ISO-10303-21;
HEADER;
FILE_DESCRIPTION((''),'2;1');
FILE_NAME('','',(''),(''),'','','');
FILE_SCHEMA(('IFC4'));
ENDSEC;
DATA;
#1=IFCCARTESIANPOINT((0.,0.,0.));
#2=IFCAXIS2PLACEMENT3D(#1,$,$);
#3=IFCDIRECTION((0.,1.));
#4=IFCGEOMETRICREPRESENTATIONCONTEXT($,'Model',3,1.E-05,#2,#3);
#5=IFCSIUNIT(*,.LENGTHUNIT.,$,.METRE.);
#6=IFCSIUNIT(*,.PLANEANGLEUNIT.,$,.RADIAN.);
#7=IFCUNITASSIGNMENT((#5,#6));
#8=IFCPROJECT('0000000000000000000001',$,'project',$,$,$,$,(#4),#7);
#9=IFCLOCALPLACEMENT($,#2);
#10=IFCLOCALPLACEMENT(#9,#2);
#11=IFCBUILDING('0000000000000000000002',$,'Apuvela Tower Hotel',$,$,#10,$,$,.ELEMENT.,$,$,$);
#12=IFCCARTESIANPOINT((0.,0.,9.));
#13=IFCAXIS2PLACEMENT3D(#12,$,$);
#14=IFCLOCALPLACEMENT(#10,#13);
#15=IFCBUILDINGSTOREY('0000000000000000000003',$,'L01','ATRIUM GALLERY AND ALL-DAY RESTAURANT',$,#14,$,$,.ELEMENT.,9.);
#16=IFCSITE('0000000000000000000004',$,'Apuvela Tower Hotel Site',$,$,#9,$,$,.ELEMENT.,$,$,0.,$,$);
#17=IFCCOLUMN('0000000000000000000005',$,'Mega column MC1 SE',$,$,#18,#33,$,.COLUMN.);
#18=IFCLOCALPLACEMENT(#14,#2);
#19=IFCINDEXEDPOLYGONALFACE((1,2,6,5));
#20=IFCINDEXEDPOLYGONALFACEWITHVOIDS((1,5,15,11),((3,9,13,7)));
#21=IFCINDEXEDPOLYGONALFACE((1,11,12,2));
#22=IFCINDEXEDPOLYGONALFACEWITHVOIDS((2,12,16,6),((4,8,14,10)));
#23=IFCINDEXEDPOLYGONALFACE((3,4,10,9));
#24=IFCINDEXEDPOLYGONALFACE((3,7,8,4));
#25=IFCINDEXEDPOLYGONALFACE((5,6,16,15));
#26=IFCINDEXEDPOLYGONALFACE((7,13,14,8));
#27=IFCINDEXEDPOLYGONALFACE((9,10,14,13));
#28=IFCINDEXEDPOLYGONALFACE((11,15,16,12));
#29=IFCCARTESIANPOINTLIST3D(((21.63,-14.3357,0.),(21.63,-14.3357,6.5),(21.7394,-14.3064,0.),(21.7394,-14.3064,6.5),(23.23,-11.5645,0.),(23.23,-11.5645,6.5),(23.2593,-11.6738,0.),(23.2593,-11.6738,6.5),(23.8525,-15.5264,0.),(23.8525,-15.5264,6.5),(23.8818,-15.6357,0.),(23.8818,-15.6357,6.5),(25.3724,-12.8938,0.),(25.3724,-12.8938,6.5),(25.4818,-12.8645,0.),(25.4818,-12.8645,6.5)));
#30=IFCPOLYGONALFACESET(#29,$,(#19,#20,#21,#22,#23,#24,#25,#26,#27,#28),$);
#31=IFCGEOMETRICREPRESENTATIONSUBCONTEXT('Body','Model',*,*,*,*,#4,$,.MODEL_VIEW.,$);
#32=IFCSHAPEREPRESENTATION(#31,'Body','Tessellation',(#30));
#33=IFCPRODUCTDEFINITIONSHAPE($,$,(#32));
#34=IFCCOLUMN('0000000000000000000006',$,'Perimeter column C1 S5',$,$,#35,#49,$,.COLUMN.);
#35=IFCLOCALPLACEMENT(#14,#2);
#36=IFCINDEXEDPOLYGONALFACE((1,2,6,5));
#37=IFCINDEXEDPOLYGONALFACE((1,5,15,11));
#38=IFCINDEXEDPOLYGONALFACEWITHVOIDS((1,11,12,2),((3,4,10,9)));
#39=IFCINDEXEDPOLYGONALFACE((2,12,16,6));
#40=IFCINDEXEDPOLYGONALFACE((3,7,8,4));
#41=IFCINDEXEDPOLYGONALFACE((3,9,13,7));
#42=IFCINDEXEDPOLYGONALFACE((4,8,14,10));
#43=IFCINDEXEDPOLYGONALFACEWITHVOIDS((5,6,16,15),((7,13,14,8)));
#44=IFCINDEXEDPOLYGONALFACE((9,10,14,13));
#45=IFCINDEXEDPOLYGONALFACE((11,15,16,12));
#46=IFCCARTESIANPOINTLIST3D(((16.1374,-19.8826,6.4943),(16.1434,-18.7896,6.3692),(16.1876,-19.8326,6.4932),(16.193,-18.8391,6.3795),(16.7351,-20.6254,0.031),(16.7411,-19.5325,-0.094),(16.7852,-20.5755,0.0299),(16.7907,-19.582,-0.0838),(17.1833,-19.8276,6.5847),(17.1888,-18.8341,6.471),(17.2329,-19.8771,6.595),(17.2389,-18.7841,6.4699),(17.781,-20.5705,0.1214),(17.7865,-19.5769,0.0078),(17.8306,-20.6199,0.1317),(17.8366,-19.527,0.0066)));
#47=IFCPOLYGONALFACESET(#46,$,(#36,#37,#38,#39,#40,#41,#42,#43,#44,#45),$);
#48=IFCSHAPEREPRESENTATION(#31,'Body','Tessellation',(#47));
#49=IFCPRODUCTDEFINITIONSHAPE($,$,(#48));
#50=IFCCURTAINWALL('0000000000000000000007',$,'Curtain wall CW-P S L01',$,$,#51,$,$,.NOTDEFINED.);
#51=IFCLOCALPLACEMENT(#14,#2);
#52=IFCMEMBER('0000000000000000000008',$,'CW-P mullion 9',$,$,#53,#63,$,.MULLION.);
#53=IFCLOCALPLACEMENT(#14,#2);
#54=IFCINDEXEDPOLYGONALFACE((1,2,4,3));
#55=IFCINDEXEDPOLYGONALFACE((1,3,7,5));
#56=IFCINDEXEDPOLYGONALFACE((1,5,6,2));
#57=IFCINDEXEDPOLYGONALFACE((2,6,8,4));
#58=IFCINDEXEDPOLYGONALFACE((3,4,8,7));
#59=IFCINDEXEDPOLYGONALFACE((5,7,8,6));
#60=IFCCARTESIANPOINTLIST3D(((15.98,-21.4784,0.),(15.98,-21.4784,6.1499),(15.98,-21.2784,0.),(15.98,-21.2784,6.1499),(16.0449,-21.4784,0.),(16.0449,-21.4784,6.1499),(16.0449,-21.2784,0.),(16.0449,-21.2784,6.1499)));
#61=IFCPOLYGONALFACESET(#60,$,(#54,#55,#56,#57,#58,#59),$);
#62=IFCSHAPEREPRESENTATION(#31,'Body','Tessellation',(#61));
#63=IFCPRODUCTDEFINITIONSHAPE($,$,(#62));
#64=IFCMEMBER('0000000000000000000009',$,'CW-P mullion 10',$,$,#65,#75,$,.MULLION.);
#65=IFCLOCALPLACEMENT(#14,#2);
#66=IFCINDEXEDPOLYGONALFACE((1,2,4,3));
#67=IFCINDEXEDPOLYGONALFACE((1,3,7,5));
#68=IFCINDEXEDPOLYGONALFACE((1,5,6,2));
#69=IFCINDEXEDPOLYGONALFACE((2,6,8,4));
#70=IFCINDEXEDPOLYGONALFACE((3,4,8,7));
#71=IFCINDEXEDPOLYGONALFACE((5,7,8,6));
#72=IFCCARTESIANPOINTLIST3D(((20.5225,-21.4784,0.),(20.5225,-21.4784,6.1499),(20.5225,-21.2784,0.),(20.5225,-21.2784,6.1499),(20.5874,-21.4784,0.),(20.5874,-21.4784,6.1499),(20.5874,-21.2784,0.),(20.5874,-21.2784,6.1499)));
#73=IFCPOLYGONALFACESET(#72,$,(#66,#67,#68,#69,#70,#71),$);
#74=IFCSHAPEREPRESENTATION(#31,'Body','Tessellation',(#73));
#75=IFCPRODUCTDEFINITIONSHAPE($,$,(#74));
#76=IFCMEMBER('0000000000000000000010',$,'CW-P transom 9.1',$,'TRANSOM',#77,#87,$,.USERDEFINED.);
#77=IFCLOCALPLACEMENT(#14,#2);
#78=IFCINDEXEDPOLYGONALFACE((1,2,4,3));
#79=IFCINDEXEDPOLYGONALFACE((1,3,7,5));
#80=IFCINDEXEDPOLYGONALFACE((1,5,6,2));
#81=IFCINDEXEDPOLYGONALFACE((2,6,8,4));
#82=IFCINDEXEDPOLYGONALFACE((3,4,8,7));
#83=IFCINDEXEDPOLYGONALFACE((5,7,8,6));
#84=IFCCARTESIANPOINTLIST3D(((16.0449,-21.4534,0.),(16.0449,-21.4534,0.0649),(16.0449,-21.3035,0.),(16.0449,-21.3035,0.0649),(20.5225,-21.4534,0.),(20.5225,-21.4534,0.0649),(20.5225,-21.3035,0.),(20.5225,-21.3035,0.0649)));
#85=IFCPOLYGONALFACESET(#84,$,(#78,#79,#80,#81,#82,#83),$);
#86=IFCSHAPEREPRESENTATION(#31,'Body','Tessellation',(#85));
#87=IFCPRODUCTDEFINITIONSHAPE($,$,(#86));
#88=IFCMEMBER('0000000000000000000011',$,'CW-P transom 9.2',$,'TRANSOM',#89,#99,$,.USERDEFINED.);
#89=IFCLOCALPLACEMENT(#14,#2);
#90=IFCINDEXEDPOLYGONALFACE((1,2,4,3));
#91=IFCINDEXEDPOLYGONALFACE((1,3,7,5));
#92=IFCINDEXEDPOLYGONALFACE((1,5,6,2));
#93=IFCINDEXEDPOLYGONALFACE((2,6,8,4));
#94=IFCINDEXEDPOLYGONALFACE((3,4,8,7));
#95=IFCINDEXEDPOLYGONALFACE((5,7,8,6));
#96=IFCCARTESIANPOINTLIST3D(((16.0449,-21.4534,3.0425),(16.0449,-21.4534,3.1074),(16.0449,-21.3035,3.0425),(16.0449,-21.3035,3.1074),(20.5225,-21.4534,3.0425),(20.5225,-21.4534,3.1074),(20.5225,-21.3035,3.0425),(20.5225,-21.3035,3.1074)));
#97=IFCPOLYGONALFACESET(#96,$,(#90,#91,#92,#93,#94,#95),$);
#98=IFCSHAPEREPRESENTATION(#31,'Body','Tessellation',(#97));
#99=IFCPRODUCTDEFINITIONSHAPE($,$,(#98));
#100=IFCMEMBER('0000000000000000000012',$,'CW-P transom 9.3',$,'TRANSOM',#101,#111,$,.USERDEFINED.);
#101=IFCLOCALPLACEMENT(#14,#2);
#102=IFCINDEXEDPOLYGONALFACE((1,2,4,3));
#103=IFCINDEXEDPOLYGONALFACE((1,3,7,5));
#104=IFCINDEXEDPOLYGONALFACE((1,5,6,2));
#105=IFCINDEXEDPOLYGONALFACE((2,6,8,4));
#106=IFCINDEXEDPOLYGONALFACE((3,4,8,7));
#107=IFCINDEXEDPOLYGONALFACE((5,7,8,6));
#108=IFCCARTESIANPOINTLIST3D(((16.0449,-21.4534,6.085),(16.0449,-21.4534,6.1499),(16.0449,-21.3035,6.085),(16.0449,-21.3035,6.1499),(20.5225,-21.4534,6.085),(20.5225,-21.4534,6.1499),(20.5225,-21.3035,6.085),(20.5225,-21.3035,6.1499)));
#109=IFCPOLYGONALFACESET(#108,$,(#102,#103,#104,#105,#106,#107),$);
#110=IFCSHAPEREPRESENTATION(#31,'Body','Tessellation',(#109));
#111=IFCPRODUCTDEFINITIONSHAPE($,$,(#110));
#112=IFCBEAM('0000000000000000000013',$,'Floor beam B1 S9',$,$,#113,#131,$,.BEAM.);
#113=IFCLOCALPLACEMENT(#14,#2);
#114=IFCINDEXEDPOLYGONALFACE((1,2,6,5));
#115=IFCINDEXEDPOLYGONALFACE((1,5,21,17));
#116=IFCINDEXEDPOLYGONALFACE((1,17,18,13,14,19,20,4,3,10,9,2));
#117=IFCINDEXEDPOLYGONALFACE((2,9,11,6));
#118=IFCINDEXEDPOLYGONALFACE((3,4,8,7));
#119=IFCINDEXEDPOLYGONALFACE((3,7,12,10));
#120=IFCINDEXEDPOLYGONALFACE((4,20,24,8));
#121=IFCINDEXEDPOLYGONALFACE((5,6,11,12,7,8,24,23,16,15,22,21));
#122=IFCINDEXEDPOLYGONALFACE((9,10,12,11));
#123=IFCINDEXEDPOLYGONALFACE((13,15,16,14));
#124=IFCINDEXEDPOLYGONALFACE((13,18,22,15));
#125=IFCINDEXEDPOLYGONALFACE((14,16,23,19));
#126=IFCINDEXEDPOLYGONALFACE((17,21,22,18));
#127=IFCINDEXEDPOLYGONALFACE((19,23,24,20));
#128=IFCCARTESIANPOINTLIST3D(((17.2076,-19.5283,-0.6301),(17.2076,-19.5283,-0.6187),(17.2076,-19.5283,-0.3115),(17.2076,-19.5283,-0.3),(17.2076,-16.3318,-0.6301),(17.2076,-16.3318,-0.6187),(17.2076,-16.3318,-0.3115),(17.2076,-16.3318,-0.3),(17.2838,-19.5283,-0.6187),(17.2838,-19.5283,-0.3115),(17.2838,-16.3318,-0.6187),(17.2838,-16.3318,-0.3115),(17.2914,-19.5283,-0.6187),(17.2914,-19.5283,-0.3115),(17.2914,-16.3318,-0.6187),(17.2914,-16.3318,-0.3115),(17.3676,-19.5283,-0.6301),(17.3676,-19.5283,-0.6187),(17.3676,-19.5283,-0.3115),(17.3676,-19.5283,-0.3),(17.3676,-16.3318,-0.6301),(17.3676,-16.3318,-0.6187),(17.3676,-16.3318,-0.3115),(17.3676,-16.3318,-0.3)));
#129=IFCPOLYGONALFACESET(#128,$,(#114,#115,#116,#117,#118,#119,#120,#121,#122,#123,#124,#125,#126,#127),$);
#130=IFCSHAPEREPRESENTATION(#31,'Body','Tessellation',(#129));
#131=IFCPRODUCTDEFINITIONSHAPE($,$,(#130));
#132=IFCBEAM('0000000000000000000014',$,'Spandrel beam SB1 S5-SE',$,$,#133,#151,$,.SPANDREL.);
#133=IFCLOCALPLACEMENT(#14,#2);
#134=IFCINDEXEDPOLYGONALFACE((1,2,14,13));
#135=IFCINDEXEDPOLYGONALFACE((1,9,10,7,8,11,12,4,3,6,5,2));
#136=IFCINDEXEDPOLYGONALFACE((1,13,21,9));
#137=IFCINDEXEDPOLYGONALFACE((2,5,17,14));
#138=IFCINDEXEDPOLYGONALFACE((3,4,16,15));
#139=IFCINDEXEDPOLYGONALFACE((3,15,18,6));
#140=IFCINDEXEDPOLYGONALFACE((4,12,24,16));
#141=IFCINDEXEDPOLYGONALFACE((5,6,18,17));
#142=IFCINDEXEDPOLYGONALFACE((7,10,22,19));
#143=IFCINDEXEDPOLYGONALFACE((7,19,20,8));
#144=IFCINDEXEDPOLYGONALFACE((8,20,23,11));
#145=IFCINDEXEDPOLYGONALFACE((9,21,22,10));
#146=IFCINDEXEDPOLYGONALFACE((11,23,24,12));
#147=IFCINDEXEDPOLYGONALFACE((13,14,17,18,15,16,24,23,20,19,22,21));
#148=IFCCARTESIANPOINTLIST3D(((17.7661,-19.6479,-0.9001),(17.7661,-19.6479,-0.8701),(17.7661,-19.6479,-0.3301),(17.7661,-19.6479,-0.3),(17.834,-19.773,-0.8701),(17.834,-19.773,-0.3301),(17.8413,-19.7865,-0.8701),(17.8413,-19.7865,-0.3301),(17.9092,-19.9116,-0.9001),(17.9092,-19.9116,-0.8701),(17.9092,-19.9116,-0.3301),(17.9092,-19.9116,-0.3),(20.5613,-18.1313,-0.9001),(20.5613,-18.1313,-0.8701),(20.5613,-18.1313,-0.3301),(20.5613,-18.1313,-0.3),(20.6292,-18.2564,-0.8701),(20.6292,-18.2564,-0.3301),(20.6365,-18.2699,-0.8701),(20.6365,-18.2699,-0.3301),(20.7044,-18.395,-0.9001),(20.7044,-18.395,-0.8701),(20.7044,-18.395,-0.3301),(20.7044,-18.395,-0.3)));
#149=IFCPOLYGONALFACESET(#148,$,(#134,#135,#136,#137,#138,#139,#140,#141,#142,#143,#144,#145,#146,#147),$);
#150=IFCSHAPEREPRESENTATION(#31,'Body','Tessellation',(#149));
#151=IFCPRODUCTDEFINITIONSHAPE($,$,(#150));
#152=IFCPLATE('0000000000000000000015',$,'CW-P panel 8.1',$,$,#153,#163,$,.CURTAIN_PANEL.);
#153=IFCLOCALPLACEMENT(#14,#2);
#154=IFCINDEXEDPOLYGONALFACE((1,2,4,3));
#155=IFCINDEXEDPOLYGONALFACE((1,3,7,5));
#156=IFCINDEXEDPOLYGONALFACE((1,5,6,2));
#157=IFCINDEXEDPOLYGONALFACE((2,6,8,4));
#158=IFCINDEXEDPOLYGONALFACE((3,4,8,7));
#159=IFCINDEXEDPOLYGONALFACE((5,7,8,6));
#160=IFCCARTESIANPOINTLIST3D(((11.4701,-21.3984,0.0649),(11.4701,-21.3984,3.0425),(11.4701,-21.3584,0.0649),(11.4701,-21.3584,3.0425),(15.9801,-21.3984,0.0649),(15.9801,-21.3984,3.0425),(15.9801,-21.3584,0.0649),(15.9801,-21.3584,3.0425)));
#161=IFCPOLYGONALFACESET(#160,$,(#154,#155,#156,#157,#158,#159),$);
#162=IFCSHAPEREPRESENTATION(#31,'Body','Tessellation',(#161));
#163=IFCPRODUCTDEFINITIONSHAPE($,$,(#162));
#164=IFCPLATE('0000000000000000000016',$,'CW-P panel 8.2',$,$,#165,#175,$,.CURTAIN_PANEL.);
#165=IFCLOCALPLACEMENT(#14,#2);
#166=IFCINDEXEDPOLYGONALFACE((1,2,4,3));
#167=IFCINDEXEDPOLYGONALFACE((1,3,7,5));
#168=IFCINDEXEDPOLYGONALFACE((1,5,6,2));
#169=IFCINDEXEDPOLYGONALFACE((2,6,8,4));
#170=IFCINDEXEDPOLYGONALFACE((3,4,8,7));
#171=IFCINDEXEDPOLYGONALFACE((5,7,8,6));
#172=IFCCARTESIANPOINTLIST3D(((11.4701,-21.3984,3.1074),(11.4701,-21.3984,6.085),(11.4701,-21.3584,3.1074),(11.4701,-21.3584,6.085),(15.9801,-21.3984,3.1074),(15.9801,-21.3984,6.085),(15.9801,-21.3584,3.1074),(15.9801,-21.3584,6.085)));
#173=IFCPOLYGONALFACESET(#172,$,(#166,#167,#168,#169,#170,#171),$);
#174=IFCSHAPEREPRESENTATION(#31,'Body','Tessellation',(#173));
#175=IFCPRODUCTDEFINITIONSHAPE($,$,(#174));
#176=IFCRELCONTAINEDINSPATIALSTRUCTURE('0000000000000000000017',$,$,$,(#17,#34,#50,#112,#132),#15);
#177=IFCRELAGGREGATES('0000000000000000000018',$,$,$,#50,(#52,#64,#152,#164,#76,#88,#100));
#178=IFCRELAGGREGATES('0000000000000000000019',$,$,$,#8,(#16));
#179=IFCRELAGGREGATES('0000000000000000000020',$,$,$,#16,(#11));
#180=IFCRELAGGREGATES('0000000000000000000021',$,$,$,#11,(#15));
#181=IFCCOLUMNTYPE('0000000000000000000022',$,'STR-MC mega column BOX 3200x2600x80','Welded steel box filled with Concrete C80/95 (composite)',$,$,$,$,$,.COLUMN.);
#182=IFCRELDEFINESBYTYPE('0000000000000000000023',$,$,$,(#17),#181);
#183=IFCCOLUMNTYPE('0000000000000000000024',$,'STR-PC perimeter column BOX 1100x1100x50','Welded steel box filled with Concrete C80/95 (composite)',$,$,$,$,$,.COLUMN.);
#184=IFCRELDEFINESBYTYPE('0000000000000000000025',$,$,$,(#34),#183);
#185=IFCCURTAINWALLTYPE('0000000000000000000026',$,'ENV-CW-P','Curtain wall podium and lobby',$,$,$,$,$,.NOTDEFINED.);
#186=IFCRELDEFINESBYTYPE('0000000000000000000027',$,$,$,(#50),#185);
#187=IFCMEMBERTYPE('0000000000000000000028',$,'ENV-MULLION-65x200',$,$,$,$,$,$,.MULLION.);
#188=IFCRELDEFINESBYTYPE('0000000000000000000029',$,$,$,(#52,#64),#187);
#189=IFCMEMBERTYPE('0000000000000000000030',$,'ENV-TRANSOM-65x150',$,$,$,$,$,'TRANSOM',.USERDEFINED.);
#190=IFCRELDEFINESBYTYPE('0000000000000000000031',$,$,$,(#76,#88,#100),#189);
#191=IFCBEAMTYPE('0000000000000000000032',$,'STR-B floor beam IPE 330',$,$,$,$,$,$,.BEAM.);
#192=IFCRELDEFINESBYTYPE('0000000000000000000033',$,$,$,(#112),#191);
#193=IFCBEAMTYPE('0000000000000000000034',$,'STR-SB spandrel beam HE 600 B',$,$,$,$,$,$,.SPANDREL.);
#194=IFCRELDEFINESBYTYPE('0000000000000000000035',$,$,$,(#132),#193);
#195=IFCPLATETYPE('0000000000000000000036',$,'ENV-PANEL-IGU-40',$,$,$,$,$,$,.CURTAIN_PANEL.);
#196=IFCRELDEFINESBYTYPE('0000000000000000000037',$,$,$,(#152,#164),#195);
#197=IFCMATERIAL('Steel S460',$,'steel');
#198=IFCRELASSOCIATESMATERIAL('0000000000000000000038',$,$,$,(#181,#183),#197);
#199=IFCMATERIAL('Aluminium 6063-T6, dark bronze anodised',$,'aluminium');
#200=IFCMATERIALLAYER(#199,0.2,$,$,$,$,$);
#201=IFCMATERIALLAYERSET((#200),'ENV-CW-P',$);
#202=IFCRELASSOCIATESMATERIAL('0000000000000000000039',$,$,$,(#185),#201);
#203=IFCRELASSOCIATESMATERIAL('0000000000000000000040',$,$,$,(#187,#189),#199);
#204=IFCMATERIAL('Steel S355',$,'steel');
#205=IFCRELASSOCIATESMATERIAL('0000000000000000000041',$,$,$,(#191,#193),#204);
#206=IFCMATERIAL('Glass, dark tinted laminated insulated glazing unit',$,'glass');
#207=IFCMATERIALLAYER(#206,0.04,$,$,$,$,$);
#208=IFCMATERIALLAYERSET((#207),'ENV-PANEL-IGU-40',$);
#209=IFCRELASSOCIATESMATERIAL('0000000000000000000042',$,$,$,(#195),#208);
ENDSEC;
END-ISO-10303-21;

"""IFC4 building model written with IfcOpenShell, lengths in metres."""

from ifc_helpers import new_model, si_unit, direction, frame, origin, origin_2d, place, context, subcontext, project, spatial, rectangle, hollow_rectangle, i_section, extrude, boolean, halfspace, material, layer, layer_set, material_profile, profile_set, type_object, element, aggregate, save


model = new_model("IFC4")

# Units and contexts
model_context = context("Model", 3, precision=1e-05, world=origin(), true_north=direction((0.0, 1.0)))
body_context = subcontext(model_context, "Body", "Model", "MODEL_VIEW")
ifc_project = project(units=[si_unit("LENGTHUNIT", "METRE"), si_unit("PLANEANGLEUNIT", "RADIAN")], contexts=[model_context])

# Site, building, storey
site_placement = place(None, origin())
site = spatial("IfcSite", under=ifc_project, at=site_placement, Name="Apuvela Tower Hotel Site", CompositionType="ELEMENT", RefElevation=0.0)
building_placement = place(site_placement, origin())
building = spatial("IfcBuilding", under=site, at=building_placement, Name="Apuvela Tower Hotel", CompositionType="ELEMENT")
storey_placement = place(building_placement, frame((0.0, 0.0, 9.0)))
storey = spatial("IfcBuildingStorey", under=building, at=storey_placement, Name="L01", Description="ATRIUM GALLERY AND ALL-DAY RESTAURANT", CompositionType="ELEMENT", Elevation=9.0)

# Columns
ifc_material_1 = material(Name="Steel S460", Category="steel")
ifc_material_profile_1 = material_profile(ifc_material_1, hollow_rectangle(XDim=3.2, YDim=2.6001, WallThickness=0.0801, at=origin_2d()), Name="BOX 3200x2600x80")
ifc_material_2 = material(Name="Concrete C80/95", Category="concrete")
ifc_material_profile_2 = material_profile(ifc_material_2, rectangle(XDim=3.04, YDim=2.4399, at=origin_2d()), Name="Concrete C80/95 infill")
ifc_profile_set_1 = profile_set([ifc_material_profile_1, ifc_material_profile_2], Name="Steel S460")
column_type_1 = type_object("IfcColumnType", Name="STR-MC mega column BOX 3200x2600x80", Description="Welded steel box filled with Concrete C80/95 (composite)", PredefinedType="COLUMN", material=ifc_profile_set_1)
column_1_placement = place(storey_placement, frame((23.5559, -13.6001, 0.0), z_axis=(0.0, 0.0, 1.0), x_axis=(0.5, 0.866025, 0.0)))
element("IfcColumn", 1, at=column_1_placement, inside=storey, type_object=column_type_1, Name="Mega column MC1 SE", PredefinedType="COLUMN", context=body_context, shape_type="SweptSolid", body=[
    extrude(hollow_rectangle(XDim=3.2, YDim=2.6001, WallThickness=0.0801, at=origin_2d()), origin(), (0.0, 0.0, 1.0), 6.5),
])
ifc_material_profile_3 = material_profile(ifc_material_1, hollow_rectangle(XDim=1.1001, YDim=1.1001, WallThickness=0.05, at=origin_2d()), Name="BOX 1100x1100x50")
ifc_material_profile_4 = material_profile(ifc_material_2, rectangle(XDim=1.0, YDim=1.0, at=origin_2d()), Name="Concrete C80/95 infill")
ifc_profile_set_2 = profile_set([ifc_material_profile_3, ifc_material_profile_4], Name="Steel S460")
column_type_2 = type_object("IfcColumnType", Name="STR-PC perimeter column BOX 1100x1100x50", Description="Welded steel box filled with Concrete C80/95 (composite)", PredefinedType="COLUMN", material=ifc_profile_set_2)
column_2_placement = place(storey_placement, frame((17.2876, -20.0784, 0.0), z_axis=(-0.091483, 0.113703, 0.989294), x_axis=(0.995792, 0.005009, 0.091508)))
element("IfcColumn", 2, at=column_2_placement, inside=storey, type_object=column_type_2, Name="Perimeter column C1 S5", PredefinedType="COLUMN", context=body_context, shape_type="SweptSolid", body=[
    boolean("DIFFERENCE", boolean("DIFFERENCE", extrude(hollow_rectangle(XDim=1.1001, YDim=1.1001, WallThickness=0.05, at=origin_2d()), origin(), (0.0, 0.0, 1.0), 6.5703), halfspace(frame((0.0, 0.0, 0.019), z_axis=(0.0, 0.0, 1.0), x_axis=(1.0, 0.0, 0.0)), True)), halfspace(frame((0.0, 0.0, 6.5522), z_axis=(0.0, 0.0, 1.0), x_axis=(1.0, 0.0, 0.0)), False)),
])

# Curtain wall, members
ifc_material_3 = material(Name="Aluminium 6063-T6, dark bronze anodised", Category="aluminium")
ifc_layer_1 = layer(ifc_material_3, 0.2)
ifc_layer_set_1 = layer_set([ifc_layer_1], Name="ENV-CW-P")
curtain_wall_type = type_object("IfcCurtainWallType", Name="ENV-CW-P", Description="Curtain wall podium and lobby", PredefinedType="NOTDEFINED", material=ifc_layer_set_1)
curtain_wall_placement = place(storey_placement, origin())
curtain_wall = element("IfcCurtainWall", 3, at=curtain_wall_placement, inside=storey, type_object=curtain_wall_type, Name="Curtain wall CW-P S L01", PredefinedType="NOTDEFINED")
ifc_material_profile_5 = material_profile(ifc_material_3, rectangle(XDim=0.2, YDim=0.0649, at=origin_2d()), Name="AL 65x200")
ifc_profile_set_3 = profile_set([ifc_material_profile_5], Name="Aluminium 6063-T6, dark bronze anodised")
member_type_1 = type_object("IfcMemberType", Name="ENV-MULLION-65x200", PredefinedType="MULLION", material=ifc_profile_set_3)
member_1_placement = place(storey_placement, frame((16.0125, -21.3784, 0.0), z_axis=(0.0, 0.0, 1.0), x_axis=(0.0, 1.0, 0.0)))
member_1 = element("IfcMember", 4, at=member_1_placement, type_object=member_type_1, Name="CW-P mullion 9", PredefinedType="MULLION", context=body_context, shape_type="SweptSolid", body=[
    extrude(rectangle(XDim=0.2, YDim=0.0649, at=origin_2d()), origin(), (0.0, 0.0, 1.0), 6.1499),
])
member_2_placement = place(storey_placement, frame((20.5549, -21.3784, 0.0), z_axis=(0.0, 0.0, 1.0), x_axis=(0.0, 1.0, 0.0)))
member_2 = element("IfcMember", 5, at=member_2_placement, type_object=member_type_1, Name="CW-P mullion 10", PredefinedType="MULLION", context=body_context, shape_type="SweptSolid", body=[
    extrude(rectangle(XDim=0.2, YDim=0.0649, at=origin_2d()), origin(), (0.0, 0.0, 1.0), 6.1499),
])
ifc_material_profile_6 = material_profile(ifc_material_3, rectangle(XDim=0.1499, YDim=0.0649, at=origin_2d()), Name="AL 65x150 transom")
ifc_profile_set_4 = profile_set([ifc_material_profile_6], Name="Aluminium 6063-T6, dark bronze anodised")
member_type_2 = type_object("IfcMemberType", Name="ENV-TRANSOM-65x150", ElementType="TRANSOM", PredefinedType="USERDEFINED", material=ifc_profile_set_4)
member_3_placement = place(storey_placement, frame((16.0449, -21.3784, 0.0325), z_axis=(1.0, 0.0, 0.0), x_axis=(0.0, 1.0, 0.0)))
member_3 = element("IfcMember", 6, at=member_3_placement, type_object=member_type_2, Name="CW-P transom 9.1", ObjectType="TRANSOM", PredefinedType="USERDEFINED", context=body_context, shape_type="SweptSolid", body=[
    extrude(rectangle(XDim=0.1499, YDim=0.0649, at=origin_2d()), origin(), (0.0, 0.0, 1.0), 4.4775),
])
member_4_placement = place(storey_placement, frame((16.0449, -21.3784, 3.075), z_axis=(1.0, 0.0, 0.0), x_axis=(0.0, 1.0, 0.0)))
member_4 = element("IfcMember", 7, at=member_4_placement, type_object=member_type_2, Name="CW-P transom 9.2", ObjectType="TRANSOM", PredefinedType="USERDEFINED", context=body_context, shape_type="SweptSolid", body=[
    extrude(rectangle(XDim=0.1499, YDim=0.0649, at=origin_2d()), origin(), (0.0, 0.0, 1.0), 4.4775),
])
member_5_placement = place(storey_placement, frame((16.0449, -21.3784, 6.1174), z_axis=(1.0, 0.0, 0.0), x_axis=(0.0, 1.0, 0.0)))
member_5 = element("IfcMember", 8, at=member_5_placement, type_object=member_type_2, Name="CW-P transom 9.3", ObjectType="TRANSOM", PredefinedType="USERDEFINED", context=body_context, shape_type="SweptSolid", body=[
    extrude(rectangle(XDim=0.1499, YDim=0.0649, at=origin_2d()), origin(), (0.0, 0.0, 1.0), 4.4775),
])

# Beams
ifc_material_4 = material(Name="Steel S355", Category="steel")
ifc_material_profile_7 = material_profile(ifc_material_4, i_section(OverallWidth=0.1599, OverallDepth=0.3301, WebThickness=0.0076, FlangeThickness=0.0115, at=origin_2d()), Name="IPE 330")
ifc_profile_set_5 = profile_set([ifc_material_profile_7], Name="Steel S355")
beam_type_1 = type_object("IfcBeamType", Name="STR-B floor beam IPE 330", PredefinedType="BEAM", material=ifc_profile_set_5)
beam_1_placement = place(storey_placement, frame((17.2876, -19.5283, -0.4651), z_axis=(0.0, 1.0, 0.0), x_axis=(-1.0, 0.0, 0.0)))
element("IfcBeam", 9, at=beam_1_placement, inside=storey, type_object=beam_type_1, Name="Floor beam B1 S9", PredefinedType="BEAM", context=body_context, shape_type="SweptSolid", body=[
    extrude(i_section(OverallWidth=0.1599, OverallDepth=0.3301, WebThickness=0.0076, FlangeThickness=0.0115, at=origin_2d()), origin(), (0.0, 0.0, 1.0), 3.1965),
])
ifc_material_profile_8 = material_profile(ifc_material_4, i_section(OverallWidth=0.3, OverallDepth=0.6001, WebThickness=0.0154, FlangeThickness=0.03, at=origin_2d()), Name="HE 600 B")
ifc_profile_set_6 = profile_set([ifc_material_profile_8], Name="Steel S355")
beam_type_2 = type_object("IfcBeamType", Name="STR-SB spandrel beam HE 600 B", PredefinedType="SPANDREL", material=ifc_profile_set_6)
beam_2_placement = place(storey_placement, frame((17.8376, -19.7798, -0.6001), z_axis=(0.878955, 0.476904, 0.0), x_axis=(-0.476904, 0.878955, 0.0)))
element("IfcBeam", 10, at=beam_2_placement, inside=storey, type_object=beam_type_2, Name="Spandrel beam SB1 S5-SE", PredefinedType="SPANDREL", context=body_context, shape_type="SweptSolid", body=[
    extrude(i_section(OverallWidth=0.3, OverallDepth=0.6001, WebThickness=0.0154, FlangeThickness=0.03, at=origin_2d()), origin(), (0.0, 0.0, 1.0), 3.1802),
])

# Plates
ifc_material_5 = material(Name="Glass, dark tinted laminated insulated glazing unit", Category="glass")
ifc_layer_2 = layer(ifc_material_5, 0.04)
ifc_layer_set_2 = layer_set([ifc_layer_2], Name="ENV-PANEL-IGU-40")
plate_type = type_object("IfcPlateType", Name="ENV-PANEL-IGU-40", PredefinedType="CURTAIN_PANEL", material=ifc_layer_set_2)
plate_1_placement = place(storey_placement, frame((13.7251, -21.3784, 0.0649), z_axis=(0.0, 0.0, 1.0), x_axis=(1.0, 0.0, 0.0)))
plate_1 = element("IfcPlate", 11, at=plate_1_placement, type_object=plate_type, Name="CW-P panel 8.1", PredefinedType="CURTAIN_PANEL", context=body_context, shape_type="SweptSolid", body=[
    extrude(rectangle(XDim=4.51, YDim=0.04, at=origin_2d()), origin(), (0.0, 0.0, 1.0), 2.9775),
])
plate_2_placement = place(storey_placement, frame((13.7251, -21.3784, 3.1074), z_axis=(0.0, 0.0, 1.0), x_axis=(1.0, 0.0, 0.0)))
plate_2 = element("IfcPlate", 12, at=plate_2_placement, type_object=plate_type, Name="CW-P panel 8.2", PredefinedType="CURTAIN_PANEL", context=body_context, shape_type="SweptSolid", body=[
    extrude(rectangle(XDim=4.51, YDim=0.04, at=origin_2d()), origin(), (0.0, 0.0, 1.0), 2.9775),
])
aggregate(curtain_wall, [member_1, member_2, plate_1, plate_2, member_3, member_4, member_5])

save(model, "model.ifc")
